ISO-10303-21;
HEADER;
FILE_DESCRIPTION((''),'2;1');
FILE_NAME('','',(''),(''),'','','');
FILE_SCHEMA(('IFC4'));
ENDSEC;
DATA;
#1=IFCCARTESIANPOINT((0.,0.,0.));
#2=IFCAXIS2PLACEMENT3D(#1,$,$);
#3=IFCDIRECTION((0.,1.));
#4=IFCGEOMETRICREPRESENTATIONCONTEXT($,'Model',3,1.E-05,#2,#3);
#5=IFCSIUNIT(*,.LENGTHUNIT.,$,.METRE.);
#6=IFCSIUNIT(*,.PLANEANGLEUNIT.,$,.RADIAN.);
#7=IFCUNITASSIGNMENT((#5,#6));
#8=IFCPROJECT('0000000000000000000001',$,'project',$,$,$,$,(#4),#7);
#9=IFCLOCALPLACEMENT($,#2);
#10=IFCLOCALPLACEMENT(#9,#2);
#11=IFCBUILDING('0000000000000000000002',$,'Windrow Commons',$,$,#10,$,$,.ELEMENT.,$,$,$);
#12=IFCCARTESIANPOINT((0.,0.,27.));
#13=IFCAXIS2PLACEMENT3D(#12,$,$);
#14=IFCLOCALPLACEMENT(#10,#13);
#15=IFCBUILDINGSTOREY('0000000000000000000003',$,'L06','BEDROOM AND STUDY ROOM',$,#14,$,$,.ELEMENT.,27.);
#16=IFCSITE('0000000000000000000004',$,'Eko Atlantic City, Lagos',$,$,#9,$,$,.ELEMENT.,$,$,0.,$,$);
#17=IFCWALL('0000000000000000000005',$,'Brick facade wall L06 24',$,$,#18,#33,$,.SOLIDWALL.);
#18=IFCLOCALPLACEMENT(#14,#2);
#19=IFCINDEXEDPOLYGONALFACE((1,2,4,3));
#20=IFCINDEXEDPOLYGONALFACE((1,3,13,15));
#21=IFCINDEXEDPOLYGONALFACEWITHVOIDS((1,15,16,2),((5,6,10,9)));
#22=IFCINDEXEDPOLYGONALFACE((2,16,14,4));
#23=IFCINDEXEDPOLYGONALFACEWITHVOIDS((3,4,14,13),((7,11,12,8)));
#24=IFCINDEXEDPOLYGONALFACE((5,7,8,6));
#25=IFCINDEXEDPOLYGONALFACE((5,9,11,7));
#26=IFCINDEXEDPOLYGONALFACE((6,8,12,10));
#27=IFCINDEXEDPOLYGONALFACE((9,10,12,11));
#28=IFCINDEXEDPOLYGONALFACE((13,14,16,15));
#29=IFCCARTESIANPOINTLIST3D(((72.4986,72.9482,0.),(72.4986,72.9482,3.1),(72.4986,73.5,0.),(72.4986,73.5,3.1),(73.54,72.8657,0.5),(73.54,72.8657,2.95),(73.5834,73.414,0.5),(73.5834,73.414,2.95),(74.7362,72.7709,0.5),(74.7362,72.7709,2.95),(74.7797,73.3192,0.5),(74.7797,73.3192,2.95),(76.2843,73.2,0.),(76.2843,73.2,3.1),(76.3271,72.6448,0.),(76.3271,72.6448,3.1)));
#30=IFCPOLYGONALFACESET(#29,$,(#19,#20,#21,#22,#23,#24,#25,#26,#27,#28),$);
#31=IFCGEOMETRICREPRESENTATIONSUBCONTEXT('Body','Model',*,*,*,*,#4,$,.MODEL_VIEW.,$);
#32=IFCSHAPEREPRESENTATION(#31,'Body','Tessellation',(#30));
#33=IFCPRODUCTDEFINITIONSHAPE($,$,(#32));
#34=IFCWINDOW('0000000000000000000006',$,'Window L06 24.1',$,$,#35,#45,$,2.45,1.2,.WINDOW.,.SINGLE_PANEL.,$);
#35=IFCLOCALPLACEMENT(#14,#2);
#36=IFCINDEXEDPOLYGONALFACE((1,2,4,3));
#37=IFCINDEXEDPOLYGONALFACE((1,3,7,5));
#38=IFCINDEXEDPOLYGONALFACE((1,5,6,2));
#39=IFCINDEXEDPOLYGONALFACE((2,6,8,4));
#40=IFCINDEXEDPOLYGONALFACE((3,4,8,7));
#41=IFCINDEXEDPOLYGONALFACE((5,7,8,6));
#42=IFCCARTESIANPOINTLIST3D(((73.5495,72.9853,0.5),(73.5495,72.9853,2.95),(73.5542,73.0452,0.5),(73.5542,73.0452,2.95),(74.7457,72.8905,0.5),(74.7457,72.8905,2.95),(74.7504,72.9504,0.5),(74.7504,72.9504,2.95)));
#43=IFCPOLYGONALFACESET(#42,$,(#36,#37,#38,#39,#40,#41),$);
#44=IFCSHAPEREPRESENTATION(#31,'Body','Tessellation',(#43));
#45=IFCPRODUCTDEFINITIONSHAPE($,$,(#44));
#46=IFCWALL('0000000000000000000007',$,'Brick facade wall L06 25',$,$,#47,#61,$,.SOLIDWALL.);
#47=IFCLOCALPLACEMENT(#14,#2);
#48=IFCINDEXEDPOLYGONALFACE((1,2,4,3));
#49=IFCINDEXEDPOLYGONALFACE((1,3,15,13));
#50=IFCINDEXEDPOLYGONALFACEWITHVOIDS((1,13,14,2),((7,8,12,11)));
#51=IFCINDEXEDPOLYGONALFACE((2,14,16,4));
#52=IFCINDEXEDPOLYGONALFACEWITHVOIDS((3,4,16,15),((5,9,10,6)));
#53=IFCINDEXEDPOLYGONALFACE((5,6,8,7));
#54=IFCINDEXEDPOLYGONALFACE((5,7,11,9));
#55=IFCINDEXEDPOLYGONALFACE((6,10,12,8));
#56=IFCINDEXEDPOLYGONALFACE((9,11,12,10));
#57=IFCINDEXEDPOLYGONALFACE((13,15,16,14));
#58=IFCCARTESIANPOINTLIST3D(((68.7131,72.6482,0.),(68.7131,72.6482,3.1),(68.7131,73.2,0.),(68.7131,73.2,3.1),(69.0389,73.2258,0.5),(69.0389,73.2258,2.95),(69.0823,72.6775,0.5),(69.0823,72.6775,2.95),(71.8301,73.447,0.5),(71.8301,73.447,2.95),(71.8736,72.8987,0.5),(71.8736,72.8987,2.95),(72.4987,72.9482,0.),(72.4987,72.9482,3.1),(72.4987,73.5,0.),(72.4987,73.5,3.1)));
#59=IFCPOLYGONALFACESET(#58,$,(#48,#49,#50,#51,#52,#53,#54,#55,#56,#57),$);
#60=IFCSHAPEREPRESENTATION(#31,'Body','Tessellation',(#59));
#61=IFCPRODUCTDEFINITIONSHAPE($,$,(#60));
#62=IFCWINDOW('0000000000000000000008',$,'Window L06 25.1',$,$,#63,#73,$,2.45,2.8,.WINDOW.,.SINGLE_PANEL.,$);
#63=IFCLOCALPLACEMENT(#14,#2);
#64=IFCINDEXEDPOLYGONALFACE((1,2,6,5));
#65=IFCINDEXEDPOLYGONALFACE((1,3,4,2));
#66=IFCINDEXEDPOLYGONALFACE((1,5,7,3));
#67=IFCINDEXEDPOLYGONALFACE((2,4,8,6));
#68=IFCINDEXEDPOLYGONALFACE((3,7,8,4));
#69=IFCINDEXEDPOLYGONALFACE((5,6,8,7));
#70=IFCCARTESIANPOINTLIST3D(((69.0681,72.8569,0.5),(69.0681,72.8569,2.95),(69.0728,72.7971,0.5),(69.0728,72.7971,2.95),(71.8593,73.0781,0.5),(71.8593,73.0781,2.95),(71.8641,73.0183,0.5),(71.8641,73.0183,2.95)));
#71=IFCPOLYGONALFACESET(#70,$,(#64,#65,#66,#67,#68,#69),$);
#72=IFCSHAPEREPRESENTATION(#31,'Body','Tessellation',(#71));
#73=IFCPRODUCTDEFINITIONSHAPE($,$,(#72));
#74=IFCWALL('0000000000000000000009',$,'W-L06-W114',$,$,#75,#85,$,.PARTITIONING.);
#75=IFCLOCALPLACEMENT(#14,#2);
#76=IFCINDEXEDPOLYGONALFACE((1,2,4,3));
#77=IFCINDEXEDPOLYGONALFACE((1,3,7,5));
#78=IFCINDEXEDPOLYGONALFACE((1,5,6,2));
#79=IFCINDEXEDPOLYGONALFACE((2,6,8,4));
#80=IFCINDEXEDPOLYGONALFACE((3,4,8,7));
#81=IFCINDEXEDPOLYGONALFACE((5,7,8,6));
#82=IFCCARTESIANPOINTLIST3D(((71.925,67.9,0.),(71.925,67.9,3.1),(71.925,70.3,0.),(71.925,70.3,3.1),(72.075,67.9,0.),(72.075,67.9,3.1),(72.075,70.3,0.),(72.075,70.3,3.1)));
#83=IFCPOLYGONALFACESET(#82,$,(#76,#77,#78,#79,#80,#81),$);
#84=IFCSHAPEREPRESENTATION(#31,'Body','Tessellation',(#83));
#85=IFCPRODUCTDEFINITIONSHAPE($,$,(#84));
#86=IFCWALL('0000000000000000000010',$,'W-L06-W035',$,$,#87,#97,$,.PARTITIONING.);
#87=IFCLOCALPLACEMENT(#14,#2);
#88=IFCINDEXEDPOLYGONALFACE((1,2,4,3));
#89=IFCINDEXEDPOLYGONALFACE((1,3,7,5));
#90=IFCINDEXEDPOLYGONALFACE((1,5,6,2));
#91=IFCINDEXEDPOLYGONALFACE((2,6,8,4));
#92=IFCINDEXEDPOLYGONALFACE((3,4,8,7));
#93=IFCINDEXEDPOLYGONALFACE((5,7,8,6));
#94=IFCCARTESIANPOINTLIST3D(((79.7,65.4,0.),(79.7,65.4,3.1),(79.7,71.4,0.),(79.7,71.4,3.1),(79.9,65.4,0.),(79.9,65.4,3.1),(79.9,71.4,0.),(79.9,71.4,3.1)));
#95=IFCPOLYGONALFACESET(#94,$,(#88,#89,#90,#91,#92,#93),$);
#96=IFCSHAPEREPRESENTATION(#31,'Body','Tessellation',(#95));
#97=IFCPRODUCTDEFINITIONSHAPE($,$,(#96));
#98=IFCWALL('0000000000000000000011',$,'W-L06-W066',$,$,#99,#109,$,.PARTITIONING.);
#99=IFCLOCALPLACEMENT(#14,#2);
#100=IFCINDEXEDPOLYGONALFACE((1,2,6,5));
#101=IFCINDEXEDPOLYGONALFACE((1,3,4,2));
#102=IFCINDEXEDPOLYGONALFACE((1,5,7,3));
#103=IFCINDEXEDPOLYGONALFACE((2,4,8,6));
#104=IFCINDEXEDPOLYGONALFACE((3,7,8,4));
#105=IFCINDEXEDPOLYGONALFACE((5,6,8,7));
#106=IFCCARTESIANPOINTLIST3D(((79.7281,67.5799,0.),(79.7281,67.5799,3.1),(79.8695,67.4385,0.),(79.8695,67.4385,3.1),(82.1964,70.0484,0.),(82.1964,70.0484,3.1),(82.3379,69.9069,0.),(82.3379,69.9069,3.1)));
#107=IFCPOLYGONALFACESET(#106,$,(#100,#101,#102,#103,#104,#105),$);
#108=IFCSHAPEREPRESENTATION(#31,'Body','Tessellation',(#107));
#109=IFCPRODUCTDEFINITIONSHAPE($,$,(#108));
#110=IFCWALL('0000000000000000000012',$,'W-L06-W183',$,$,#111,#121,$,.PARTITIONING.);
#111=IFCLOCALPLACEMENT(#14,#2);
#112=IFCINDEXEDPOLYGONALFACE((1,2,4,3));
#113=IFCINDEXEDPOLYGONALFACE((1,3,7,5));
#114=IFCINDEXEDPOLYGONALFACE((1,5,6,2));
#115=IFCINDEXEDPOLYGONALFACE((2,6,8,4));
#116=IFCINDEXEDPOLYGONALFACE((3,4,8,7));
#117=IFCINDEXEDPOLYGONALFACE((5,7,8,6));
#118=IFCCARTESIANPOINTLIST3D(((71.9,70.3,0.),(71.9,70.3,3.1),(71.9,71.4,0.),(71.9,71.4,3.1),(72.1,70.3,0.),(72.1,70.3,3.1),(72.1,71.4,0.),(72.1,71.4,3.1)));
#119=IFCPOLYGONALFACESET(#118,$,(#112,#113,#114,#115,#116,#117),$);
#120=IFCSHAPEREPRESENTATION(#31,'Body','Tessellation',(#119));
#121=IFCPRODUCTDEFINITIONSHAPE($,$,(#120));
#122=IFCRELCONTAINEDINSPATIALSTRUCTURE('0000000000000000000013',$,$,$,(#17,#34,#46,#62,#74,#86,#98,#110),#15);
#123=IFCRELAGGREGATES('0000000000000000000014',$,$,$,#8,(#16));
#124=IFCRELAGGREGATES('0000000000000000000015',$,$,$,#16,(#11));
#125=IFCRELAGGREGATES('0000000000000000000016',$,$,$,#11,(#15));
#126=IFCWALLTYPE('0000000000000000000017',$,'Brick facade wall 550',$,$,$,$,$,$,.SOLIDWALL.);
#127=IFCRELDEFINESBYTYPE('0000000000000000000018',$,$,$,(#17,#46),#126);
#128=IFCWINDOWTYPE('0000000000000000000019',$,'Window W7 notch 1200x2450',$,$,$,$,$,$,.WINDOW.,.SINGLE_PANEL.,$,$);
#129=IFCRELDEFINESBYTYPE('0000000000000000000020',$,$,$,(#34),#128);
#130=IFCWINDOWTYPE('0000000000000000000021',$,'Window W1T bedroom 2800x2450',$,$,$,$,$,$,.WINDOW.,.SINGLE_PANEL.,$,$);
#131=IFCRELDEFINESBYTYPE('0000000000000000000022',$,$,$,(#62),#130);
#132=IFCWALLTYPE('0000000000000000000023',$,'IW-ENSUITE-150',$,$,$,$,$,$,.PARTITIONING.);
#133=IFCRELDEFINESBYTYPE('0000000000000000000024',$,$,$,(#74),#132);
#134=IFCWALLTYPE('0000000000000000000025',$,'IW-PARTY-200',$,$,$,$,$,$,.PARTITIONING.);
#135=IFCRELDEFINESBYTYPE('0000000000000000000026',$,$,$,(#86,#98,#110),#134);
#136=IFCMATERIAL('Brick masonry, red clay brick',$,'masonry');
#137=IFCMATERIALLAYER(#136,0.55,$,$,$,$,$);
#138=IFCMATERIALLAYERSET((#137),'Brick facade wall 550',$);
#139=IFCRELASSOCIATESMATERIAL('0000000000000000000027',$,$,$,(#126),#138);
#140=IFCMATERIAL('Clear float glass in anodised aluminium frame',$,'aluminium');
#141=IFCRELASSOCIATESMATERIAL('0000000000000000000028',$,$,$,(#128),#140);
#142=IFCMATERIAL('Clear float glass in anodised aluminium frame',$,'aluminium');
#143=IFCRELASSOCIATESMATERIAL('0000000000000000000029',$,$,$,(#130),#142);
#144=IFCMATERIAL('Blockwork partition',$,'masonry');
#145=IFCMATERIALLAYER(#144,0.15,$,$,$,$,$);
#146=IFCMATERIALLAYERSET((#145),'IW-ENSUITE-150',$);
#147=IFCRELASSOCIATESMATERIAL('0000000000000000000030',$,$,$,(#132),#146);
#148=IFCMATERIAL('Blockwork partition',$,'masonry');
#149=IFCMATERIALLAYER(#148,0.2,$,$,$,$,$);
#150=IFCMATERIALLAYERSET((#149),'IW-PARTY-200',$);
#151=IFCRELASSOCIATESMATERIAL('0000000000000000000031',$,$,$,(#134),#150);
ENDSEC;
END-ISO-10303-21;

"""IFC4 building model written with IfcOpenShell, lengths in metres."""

from ifc_helpers import new_model, si_unit, direction, frame, frame_2d, origin, place, context, subcontext, project, spatial, polyline, rectangle, outline, extrude, material, layer, layer_set, type_object, element, fill, save


model = new_model("IFC4")

# Units and contexts
model_context = context("Model", 3, precision=1e-05, world=origin(), true_north=direction((0.0, 1.0)))
body_context = subcontext(model_context, "Body", "Model", "MODEL_VIEW")
ifc_project = project(units=[si_unit("LENGTHUNIT", "METRE"), si_unit("PLANEANGLEUNIT", "RADIAN")], contexts=[model_context])

# Site, building, storey
site_placement = place(None, origin())
site = spatial("IfcSite", under=ifc_project, at=site_placement, Name="Eko Atlantic City, Lagos", CompositionType="ELEMENT", RefElevation=0.0)
building_placement = place(site_placement, origin())
building = spatial("IfcBuilding", under=site, at=building_placement, Name="Windrow Commons", CompositionType="ELEMENT")
storey_placement = place(building_placement, frame((0.0, 0.0, 27.0)))
storey = spatial("IfcBuildingStorey", under=building, at=storey_placement, Name="L06", Description="BEDROOM AND STUDY ROOM", CompositionType="ELEMENT", Elevation=27.0)

# Walls, openings, windows
ifc_material_1 = material(Name="Brick masonry, red clay brick", Category="masonry")
ifc_layer_1 = layer(ifc_material_1, 0.55)
ifc_layer_set_1 = layer_set([ifc_layer_1], Name="Brick facade wall 550")
wall_type_1 = type_object("IfcWallType", Name="Brick facade wall 550", PredefinedType="SOLIDWALL", material=ifc_layer_set_1)
ifc_material_2 = material(Name="Clear float glass in anodised aluminium frame", Category="aluminium")
window_type_1 = type_object("IfcWindowType", Name="Window W7 notch 1200x2450", PartitioningType="SINGLE_PANEL", PredefinedType="WINDOW", material=ifc_material_2)
wall_1_placement = place(storey_placement, frame((76.3057, 72.9224, 0.0), z_axis=(0.0, 0.0, 1.0), x_axis=(-0.996875, 0.079001, 0.0)))
wall_1 = element("IfcWall", 1, at=wall_1_placement, inside=storey, type_object=wall_type_1, Name="Brick facade wall L06 24", PredefinedType="SOLIDWALL", context=body_context, shape_type="SweptSolid", body=[
    extrude(outline(polyline([(0.0433, -0.275), (3.8408, -0.275), (3.7972, 0.275), (-0.0433, 0.275), (0.0433, -0.275)])), origin(), (0.0, 0.0, 1.0), 3.1),
])
opening_1_placement = place(wall_1_placement, frame((1.5526, 0.0, 0.5)))
opening_1 = element("IfcOpeningElement", 2, at=opening_1_placement, cuts=wall_1, PredefinedType="OPENING", context=body_context, shape_type="SweptSolid", body=[
    extrude(rectangle(XDim=1.2, YDim=2.45, at=frame_2d((0.6, 1.225))), frame((0.0, 0.285, 0.0), z_axis=(0.0, -1.0, 0.0), x_axis=(1.0, 0.0, 0.0)), (0.0, 0.0, 1.0), 0.57),
])
window_1_placement = place(opening_1_placement, origin())
window_1 = element("IfcWindow", 3, at=window_1_placement, inside=storey, type_object=window_type_1, Name="Window L06 24.1", OverallHeight=2.45, OverallWidth=1.2, PartitioningType="SINGLE_PANEL", PredefinedType="WINDOW", context=body_context, shape_type="SweptSolid", body=[
    extrude(rectangle(XDim=1.2, YDim=2.45, at=frame_2d((0.6, 1.225))), frame((0.0, 0.155, 0.0), z_axis=(0.0, -1.0, 0.0), x_axis=(1.0, 0.0, 0.0)), (0.0, 0.0, 1.0), 0.06),
])
fill(opening_1, window_1)
wall_2_placement = place(storey_placement, frame((72.4987, 73.2241, 0.0), z_axis=(0.0, 0.0, 1.0), x_axis=(-0.996875, -0.078998, 0.0)))
wall_2 = element("IfcWall", 4, at=wall_2_placement, inside=storey, type_object=wall_type_1, Name="Brick facade wall L06 25", PredefinedType="SOLIDWALL", context=body_context, shape_type="SweptSolid", body=[
    extrude(outline(polyline([(-0.0218, -0.275), (3.7757, -0.275), (3.8193, 0.275), (0.0218, 0.275), (-0.0218, -0.275)])), origin(), (0.0, 0.0, 1.0), 3.1),
])
opening_2_placement = place(wall_2_placement, frame((0.6489, 0.0, 0.5)))
opening_2 = element("IfcOpeningElement", 5, at=opening_2_placement, cuts=wall_2, PredefinedType="OPENING", context=body_context, shape_type="SweptSolid", body=[
    extrude(rectangle(XDim=2.8, YDim=2.45, at=frame_2d((1.4, 1.225))), frame((0.0, 0.285, 0.0), z_axis=(0.0, -1.0, 0.0), x_axis=(1.0, 0.0, 0.0)), (0.0, 0.0, 1.0), 0.57),
])
ifc_material_3 = material(Name="Clear float glass in anodised aluminium frame", Category="aluminium")
window_type_2 = type_object("IfcWindowType", Name="Window W1T bedroom 2800x2450", PartitioningType="SINGLE_PANEL", PredefinedType="WINDOW", material=ifc_material_3)
window_2_placement = place(opening_2_placement, origin())
window_2 = element("IfcWindow", 6, at=window_2_placement, inside=storey, type_object=window_type_2, Name="Window L06 25.1", OverallHeight=2.45, OverallWidth=2.8, PartitioningType="SINGLE_PANEL", PredefinedType="WINDOW", context=body_context, shape_type="SweptSolid", body=[
    extrude(rectangle(XDim=2.8, YDim=2.45, at=frame_2d((1.4, 1.225))), frame((0.0, 0.155, 0.0), z_axis=(0.0, -1.0, 0.0), x_axis=(1.0, 0.0, 0.0)), (0.0, 0.0, 1.0), 0.06),
])
fill(opening_2, window_2)

# Walls
ifc_material_4 = material(Name="Blockwork partition", Category="masonry")
ifc_layer_2 = layer(ifc_material_4, 0.15)
ifc_layer_set_2 = layer_set([ifc_layer_2], Name="IW-ENSUITE-150")
wall_type_2 = type_object("IfcWallType", Name="IW-ENSUITE-150", PredefinedType="PARTITIONING", material=ifc_layer_set_2)
wall_3_placement = place(storey_placement, frame((72.0, 67.9, 0.0), z_axis=(0.0, 0.0, 1.0), x_axis=(0.0, 1.0, 0.0)))
element("IfcWall", 7, at=wall_3_placement, inside=storey, type_object=wall_type_2, Name="W-L06-W114", PredefinedType="PARTITIONING", context=body_context, shape_type="SweptSolid", body=[
    extrude(rectangle(XDim=2.4, YDim=0.15, at=frame_2d((1.2, 0.0))), origin(), (0.0, 0.0, 1.0), 3.1),
])
ifc_material_5 = material(Name="Blockwork partition", Category="masonry")
ifc_layer_3 = layer(ifc_material_5, 0.2)
ifc_layer_set_3 = layer_set([ifc_layer_3], Name="IW-PARTY-200")
wall_type_3 = type_object("IfcWallType", Name="IW-PARTY-200", PredefinedType="PARTITIONING", material=ifc_layer_set_3)
wall_4_placement = place(storey_placement, frame((79.8, 65.4, 0.0), z_axis=(0.0, 0.0, 1.0), x_axis=(0.0, 1.0, 0.0)))
element("IfcWall", 8, at=wall_4_placement, inside=storey, type_object=wall_type_3, Name="W-L06-W035", PredefinedType="PARTITIONING", context=body_context, shape_type="SweptSolid", body=[
    extrude(rectangle(XDim=6.0, YDim=0.2, at=frame_2d((3.0, 0.0))), origin(), (0.0, 0.0, 1.0), 3.1),
])
wall_5_placement = place(storey_placement, frame((79.7988, 67.5092, 0.0), z_axis=(0.0, 0.0, 1.0), x_axis=(0.707092, 0.707121, 0.0)))
element("IfcWall", 9, at=wall_5_placement, inside=storey, type_object=wall_type_3, Name="W-L06-W066", PredefinedType="PARTITIONING", context=body_context, shape_type="SweptSolid", body=[
    extrude(rectangle(XDim=3.4909, YDim=0.2, at=frame_2d((1.7454, 0.0))), origin(), (0.0, 0.0, 1.0), 3.1),
])
wall_6_placement = place(storey_placement, frame((72.0, 70.3, 0.0), z_axis=(0.0, 0.0, 1.0), x_axis=(0.0, 1.0, 0.0)))
element("IfcWall", 10, at=wall_6_placement, inside=storey, type_object=wall_type_3, Name="W-L06-W183", PredefinedType="PARTITIONING", context=body_context, shape_type="SweptSolid", body=[
    extrude(rectangle(XDim=1.1, YDim=0.2, at=frame_2d((0.55, 0.0))), origin(), (0.0, 0.0, 1.0), 3.1),
])

save(model, "model.ifc")
